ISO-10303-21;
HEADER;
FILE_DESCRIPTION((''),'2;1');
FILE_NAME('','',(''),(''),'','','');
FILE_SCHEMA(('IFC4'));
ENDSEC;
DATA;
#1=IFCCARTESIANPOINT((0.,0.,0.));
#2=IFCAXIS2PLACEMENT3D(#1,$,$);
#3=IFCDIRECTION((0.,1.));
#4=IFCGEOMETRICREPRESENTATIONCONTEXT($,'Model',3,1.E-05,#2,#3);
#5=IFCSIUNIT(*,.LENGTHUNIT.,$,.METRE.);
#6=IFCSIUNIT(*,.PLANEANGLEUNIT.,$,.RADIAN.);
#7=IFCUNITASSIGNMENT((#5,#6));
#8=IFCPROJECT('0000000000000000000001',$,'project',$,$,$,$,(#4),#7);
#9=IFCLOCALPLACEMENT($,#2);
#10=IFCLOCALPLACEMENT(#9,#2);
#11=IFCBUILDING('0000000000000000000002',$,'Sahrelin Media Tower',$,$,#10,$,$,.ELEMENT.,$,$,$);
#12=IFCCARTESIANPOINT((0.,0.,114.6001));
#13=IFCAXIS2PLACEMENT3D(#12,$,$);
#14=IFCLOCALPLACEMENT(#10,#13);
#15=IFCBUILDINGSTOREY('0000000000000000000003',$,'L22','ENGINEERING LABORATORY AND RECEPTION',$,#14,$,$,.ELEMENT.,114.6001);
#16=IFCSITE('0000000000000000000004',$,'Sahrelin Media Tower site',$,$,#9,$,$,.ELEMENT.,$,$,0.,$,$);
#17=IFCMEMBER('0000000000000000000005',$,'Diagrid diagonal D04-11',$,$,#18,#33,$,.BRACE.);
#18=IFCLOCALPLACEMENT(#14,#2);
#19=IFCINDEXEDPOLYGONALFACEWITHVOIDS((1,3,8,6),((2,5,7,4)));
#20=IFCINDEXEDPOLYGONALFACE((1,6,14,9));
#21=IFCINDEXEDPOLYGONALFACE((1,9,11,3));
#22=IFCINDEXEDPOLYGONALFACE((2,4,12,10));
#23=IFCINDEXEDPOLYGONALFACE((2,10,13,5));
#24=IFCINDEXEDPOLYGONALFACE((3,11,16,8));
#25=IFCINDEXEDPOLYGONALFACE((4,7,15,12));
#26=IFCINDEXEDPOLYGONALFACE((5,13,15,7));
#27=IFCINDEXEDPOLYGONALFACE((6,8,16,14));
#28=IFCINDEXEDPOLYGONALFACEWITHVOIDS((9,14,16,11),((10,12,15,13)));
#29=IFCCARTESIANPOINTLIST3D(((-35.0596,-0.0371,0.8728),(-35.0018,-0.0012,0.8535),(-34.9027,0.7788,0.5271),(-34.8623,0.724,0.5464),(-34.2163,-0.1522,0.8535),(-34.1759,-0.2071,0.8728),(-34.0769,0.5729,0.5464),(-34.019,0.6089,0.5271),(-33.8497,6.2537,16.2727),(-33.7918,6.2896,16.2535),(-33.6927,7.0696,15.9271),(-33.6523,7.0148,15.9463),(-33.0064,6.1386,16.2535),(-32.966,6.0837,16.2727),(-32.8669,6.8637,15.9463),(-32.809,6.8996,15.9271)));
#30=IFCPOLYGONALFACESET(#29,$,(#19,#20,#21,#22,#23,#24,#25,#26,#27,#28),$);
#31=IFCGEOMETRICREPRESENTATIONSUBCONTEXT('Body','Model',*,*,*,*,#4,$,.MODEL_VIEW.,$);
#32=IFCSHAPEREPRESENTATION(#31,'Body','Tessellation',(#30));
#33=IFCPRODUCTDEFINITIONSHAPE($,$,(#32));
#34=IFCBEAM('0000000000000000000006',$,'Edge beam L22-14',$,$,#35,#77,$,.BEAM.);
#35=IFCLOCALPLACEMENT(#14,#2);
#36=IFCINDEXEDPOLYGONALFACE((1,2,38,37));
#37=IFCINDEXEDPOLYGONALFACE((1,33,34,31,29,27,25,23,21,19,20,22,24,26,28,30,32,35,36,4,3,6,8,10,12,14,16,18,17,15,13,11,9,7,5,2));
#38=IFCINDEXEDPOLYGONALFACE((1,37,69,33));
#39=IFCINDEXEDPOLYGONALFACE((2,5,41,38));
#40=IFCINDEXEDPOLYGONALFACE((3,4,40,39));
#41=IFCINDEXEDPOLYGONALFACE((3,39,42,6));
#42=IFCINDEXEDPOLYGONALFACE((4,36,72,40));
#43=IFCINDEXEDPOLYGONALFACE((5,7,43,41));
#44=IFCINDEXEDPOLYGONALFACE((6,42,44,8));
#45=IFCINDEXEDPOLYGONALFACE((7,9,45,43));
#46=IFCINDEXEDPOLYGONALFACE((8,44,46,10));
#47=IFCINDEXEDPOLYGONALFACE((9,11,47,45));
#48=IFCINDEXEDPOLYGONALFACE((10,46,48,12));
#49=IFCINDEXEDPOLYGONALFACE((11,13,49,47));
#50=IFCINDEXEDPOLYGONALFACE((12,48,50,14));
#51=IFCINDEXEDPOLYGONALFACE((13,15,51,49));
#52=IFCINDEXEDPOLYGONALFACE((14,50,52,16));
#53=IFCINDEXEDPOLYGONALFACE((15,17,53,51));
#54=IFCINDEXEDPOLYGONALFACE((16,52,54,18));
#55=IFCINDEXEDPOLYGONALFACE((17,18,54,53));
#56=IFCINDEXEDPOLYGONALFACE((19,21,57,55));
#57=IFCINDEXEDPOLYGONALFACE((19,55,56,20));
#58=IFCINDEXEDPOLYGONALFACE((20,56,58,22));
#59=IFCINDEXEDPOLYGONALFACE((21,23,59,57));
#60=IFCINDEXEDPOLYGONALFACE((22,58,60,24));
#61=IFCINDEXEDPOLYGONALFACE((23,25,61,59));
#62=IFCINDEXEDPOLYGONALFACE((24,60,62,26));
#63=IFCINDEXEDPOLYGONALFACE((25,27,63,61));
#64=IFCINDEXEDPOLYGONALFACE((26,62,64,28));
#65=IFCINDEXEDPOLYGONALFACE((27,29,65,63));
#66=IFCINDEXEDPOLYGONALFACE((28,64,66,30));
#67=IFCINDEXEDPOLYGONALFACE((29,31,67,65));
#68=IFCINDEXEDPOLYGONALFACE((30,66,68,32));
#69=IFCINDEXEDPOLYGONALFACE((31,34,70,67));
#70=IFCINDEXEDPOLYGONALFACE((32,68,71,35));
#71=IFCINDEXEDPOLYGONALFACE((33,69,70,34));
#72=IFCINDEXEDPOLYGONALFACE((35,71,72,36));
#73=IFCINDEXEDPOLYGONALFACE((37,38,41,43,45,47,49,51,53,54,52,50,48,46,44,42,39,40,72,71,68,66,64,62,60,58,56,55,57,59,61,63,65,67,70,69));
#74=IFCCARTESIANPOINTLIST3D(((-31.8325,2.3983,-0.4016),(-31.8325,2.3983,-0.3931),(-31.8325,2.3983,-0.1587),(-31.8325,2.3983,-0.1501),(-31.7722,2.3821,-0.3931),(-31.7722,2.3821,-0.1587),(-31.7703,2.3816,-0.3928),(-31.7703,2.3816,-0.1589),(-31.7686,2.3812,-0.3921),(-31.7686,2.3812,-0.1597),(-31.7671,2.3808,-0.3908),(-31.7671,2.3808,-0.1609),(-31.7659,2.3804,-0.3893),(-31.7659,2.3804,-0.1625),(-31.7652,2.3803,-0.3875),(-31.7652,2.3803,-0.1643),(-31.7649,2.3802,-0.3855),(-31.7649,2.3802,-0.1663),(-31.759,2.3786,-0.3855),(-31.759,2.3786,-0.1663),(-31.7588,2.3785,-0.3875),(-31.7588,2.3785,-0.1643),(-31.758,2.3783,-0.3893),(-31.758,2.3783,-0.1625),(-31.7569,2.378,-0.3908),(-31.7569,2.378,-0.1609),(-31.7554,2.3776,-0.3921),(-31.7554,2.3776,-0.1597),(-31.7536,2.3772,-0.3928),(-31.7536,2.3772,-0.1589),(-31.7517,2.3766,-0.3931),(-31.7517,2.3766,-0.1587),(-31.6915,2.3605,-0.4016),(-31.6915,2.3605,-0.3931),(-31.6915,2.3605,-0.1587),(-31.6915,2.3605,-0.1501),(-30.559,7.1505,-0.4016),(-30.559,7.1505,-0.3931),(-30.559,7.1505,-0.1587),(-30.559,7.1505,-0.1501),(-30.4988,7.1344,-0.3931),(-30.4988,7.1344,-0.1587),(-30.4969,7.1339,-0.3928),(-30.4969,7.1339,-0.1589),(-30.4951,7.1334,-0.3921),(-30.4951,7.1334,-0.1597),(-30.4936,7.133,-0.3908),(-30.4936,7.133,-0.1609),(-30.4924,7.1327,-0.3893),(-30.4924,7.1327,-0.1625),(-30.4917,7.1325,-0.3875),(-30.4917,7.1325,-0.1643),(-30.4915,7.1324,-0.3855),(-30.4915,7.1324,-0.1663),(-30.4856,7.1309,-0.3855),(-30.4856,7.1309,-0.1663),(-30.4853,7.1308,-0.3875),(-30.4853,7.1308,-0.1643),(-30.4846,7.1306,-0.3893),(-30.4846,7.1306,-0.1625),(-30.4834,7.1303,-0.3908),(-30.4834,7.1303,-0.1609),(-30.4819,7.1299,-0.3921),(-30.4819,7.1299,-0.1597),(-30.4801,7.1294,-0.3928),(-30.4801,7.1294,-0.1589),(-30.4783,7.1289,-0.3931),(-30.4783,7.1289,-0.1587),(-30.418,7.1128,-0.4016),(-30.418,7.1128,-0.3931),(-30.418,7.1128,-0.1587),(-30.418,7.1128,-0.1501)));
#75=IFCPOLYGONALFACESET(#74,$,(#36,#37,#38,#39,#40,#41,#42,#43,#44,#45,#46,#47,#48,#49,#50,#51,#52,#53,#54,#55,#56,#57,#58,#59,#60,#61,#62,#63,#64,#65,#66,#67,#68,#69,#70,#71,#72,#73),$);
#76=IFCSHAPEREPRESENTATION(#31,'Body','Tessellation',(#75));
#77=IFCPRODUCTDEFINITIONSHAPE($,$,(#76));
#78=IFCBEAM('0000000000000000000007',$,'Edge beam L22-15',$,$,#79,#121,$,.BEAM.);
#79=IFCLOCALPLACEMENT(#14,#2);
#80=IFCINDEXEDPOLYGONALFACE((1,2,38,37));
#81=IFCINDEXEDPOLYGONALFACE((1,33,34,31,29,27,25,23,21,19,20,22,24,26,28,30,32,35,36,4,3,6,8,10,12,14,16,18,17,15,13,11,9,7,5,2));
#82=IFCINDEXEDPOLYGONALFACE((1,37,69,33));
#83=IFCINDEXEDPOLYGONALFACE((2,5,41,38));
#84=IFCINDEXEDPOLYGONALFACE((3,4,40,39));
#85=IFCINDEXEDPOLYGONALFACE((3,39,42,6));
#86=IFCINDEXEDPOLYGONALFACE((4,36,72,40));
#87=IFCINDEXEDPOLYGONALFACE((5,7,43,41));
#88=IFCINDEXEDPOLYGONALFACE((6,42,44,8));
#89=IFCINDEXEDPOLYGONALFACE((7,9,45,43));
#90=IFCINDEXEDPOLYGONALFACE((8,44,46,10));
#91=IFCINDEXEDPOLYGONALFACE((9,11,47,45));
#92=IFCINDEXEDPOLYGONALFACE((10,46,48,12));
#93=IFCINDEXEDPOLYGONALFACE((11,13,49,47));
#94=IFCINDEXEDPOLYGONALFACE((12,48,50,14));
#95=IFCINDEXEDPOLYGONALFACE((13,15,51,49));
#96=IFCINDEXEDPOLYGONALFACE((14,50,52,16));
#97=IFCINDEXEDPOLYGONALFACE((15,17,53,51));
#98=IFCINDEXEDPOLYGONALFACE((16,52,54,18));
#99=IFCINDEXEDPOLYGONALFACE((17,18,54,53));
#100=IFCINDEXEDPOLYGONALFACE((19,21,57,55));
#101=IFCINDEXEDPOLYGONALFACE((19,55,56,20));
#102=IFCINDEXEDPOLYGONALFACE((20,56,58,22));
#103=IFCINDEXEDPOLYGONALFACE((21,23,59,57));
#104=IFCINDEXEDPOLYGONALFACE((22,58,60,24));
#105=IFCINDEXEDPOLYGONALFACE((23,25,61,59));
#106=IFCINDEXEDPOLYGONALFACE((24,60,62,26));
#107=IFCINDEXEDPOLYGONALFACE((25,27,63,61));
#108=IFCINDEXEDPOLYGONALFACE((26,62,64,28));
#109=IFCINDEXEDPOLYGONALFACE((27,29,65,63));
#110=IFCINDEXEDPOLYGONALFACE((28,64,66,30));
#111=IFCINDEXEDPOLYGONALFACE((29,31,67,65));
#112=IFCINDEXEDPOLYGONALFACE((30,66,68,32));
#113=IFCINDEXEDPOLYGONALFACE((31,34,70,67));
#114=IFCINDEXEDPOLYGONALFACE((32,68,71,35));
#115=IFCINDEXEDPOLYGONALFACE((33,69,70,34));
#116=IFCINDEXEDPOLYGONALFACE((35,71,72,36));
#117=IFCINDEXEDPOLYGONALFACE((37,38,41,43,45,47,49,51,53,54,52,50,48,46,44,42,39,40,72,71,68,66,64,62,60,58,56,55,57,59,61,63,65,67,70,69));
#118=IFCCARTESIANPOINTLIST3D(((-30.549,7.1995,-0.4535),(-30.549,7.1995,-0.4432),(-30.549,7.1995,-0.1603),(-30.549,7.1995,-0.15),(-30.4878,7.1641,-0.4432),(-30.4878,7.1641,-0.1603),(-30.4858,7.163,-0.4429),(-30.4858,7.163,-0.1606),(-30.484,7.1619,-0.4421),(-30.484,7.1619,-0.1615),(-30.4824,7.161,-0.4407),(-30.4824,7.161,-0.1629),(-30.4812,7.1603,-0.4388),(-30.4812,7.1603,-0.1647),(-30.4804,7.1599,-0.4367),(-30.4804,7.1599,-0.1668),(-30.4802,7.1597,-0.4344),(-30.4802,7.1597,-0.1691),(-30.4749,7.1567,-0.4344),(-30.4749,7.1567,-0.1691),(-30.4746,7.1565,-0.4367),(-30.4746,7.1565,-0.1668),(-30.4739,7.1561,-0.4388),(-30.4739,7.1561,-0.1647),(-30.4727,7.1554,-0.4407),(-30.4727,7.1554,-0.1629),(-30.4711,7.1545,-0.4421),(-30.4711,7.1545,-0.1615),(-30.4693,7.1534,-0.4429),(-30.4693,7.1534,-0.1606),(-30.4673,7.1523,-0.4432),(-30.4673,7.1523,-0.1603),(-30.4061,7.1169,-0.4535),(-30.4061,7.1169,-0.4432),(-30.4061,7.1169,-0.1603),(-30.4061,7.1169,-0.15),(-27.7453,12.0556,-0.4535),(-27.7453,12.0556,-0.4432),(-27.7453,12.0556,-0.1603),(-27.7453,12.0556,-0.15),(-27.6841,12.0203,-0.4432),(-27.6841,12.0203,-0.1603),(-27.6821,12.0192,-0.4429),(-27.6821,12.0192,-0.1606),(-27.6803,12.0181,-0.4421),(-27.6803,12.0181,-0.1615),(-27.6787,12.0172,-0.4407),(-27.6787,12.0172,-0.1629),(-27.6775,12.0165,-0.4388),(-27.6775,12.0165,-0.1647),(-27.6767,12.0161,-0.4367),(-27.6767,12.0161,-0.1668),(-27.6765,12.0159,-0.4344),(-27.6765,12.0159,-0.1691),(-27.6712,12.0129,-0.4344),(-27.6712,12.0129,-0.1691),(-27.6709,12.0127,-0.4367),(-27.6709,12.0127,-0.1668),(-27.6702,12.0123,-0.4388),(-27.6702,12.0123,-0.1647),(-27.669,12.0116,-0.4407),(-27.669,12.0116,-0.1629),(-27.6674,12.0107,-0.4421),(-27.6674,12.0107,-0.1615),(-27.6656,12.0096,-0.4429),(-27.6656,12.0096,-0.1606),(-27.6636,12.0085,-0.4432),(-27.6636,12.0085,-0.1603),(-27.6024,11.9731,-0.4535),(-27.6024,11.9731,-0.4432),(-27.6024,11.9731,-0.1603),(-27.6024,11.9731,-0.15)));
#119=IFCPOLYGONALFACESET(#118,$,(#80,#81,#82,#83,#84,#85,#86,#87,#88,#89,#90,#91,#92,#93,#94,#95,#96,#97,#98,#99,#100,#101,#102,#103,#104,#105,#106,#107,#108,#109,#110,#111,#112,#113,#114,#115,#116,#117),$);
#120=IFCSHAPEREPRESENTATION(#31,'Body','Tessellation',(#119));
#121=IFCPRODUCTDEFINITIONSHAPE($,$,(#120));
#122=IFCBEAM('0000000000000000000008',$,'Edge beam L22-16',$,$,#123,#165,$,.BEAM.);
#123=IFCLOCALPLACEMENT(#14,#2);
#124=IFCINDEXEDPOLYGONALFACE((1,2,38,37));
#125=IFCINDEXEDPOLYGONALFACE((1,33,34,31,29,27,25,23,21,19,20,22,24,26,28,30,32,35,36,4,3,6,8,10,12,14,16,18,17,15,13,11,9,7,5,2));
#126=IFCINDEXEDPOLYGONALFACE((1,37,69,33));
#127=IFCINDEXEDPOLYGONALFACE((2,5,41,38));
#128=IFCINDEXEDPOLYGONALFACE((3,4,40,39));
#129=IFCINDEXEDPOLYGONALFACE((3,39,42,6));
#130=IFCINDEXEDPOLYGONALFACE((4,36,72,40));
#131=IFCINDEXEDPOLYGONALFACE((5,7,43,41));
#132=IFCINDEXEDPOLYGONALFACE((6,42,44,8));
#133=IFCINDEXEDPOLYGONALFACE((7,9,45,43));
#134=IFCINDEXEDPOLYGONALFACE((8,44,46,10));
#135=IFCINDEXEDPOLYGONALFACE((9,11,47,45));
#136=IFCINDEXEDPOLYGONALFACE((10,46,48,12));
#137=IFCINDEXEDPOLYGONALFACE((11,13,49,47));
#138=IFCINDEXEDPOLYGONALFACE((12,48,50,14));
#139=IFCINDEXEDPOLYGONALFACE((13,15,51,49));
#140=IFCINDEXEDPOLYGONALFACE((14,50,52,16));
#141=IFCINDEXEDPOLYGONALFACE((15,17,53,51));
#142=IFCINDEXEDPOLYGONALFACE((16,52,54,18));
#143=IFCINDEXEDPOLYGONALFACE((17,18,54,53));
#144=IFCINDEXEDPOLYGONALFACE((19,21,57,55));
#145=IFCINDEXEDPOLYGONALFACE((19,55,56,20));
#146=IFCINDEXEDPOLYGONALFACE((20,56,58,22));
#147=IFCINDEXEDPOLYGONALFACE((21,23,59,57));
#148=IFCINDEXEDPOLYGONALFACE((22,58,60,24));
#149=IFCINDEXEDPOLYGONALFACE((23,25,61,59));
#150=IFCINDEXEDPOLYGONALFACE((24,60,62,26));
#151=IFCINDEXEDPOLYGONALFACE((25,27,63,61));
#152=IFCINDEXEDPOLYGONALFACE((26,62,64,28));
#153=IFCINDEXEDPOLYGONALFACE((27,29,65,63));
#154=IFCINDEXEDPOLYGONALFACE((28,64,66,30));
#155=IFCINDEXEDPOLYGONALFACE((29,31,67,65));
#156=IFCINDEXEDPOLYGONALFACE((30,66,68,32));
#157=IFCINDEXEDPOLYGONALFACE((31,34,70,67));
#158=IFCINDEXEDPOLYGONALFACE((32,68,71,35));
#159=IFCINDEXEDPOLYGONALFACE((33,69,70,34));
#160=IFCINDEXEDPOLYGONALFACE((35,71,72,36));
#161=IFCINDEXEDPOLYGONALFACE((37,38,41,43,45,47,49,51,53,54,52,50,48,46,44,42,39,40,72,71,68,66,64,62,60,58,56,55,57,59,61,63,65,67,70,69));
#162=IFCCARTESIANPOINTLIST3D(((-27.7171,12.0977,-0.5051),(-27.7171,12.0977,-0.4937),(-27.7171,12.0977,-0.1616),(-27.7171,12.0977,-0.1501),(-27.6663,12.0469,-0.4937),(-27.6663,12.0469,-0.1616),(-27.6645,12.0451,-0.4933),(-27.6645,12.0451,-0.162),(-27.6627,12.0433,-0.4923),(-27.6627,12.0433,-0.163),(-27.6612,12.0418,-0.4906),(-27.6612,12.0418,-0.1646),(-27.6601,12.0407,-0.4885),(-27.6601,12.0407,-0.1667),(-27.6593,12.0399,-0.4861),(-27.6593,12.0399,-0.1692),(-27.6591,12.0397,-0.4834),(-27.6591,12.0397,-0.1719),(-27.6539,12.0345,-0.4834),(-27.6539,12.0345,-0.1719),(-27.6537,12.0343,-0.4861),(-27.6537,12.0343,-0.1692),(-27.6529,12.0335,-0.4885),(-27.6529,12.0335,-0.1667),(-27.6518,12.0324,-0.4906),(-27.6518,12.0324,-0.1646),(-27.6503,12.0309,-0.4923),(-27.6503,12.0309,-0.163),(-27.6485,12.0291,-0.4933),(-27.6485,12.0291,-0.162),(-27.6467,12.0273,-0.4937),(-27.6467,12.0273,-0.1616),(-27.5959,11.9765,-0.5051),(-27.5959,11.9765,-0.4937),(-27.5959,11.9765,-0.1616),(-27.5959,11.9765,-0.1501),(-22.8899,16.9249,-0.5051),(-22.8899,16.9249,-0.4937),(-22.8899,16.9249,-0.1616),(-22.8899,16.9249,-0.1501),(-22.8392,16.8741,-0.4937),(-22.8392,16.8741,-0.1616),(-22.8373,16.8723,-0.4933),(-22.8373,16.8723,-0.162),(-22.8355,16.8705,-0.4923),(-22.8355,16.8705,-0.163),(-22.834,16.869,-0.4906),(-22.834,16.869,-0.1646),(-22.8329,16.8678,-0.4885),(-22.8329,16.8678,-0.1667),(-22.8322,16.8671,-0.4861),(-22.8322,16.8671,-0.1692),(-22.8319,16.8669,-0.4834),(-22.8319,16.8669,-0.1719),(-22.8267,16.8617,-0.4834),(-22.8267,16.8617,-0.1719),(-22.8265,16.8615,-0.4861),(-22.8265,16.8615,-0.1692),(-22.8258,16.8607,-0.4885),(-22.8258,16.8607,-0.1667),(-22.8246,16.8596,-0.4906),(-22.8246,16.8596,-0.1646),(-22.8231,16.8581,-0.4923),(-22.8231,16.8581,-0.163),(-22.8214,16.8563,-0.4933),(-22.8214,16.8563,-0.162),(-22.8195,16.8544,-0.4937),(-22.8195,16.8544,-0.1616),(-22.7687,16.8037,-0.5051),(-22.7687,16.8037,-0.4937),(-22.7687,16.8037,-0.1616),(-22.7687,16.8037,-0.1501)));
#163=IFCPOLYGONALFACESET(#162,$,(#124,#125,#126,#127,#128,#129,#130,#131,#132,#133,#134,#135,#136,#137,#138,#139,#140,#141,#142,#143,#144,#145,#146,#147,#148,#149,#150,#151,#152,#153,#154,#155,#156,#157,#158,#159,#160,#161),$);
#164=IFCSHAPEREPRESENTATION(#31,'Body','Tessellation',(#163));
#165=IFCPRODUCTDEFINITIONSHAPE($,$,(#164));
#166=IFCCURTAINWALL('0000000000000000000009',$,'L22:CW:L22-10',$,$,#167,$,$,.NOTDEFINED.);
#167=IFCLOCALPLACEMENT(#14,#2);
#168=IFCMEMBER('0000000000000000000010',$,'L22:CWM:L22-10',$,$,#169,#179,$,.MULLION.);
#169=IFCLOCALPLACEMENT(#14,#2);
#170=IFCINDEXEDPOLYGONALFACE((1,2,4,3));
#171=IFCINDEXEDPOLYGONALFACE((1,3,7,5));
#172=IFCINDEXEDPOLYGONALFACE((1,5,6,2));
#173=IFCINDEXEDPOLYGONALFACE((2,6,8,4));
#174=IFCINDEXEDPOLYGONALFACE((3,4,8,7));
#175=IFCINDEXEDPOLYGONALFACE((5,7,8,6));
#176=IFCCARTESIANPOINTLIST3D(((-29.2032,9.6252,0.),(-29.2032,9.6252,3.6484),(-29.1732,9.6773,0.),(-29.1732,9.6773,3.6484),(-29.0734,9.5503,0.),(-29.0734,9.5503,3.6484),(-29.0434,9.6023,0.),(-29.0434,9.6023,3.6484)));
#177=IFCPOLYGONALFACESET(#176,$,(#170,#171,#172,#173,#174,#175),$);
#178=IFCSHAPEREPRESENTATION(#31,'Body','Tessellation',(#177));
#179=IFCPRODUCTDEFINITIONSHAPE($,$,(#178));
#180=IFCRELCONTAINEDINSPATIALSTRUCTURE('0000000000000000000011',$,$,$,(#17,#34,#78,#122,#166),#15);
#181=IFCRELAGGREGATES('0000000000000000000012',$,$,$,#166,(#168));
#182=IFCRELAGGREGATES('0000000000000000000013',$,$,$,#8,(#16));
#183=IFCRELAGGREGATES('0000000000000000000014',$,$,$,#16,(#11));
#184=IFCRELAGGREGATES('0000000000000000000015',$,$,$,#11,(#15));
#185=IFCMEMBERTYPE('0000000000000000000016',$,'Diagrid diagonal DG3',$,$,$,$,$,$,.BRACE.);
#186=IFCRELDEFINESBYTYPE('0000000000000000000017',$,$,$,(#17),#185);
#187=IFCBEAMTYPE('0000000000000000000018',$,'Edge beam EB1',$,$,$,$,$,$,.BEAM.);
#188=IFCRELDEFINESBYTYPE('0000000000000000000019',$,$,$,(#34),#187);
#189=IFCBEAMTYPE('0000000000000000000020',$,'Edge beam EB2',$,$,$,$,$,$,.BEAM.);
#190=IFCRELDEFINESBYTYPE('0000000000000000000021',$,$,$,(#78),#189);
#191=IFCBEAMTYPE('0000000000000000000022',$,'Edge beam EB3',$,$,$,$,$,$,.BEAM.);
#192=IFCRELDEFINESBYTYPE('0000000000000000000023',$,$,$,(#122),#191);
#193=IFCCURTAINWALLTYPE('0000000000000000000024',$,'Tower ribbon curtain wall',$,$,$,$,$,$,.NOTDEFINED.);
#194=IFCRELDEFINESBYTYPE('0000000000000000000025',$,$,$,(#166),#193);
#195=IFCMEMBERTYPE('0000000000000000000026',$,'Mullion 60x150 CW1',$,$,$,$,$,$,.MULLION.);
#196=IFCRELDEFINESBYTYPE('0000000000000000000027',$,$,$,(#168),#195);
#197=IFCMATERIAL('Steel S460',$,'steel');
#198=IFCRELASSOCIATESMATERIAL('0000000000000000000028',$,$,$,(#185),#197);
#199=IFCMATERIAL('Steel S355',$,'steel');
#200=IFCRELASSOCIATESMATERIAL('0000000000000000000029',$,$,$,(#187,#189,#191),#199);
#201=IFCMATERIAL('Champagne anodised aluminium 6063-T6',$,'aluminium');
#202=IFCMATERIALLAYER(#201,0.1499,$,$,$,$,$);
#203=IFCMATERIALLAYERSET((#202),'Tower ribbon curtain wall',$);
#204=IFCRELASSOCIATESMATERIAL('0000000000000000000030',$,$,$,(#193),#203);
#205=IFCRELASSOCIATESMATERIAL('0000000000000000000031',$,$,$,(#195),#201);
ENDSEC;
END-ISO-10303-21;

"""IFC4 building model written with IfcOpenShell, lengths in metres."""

from ifc_helpers import new_model, si_unit, direction, frame, origin, origin_2d, place, context, subcontext, project, spatial, rectangle, hollow_rectangle, i_section, extrude, material, layer, layer_set, material_profile, profile_set, type_object, element, aggregate, save


model = new_model("IFC4")

# Units and contexts
model_context = context("Model", 3, precision=1e-05, world=origin(), true_north=direction((0.0, 1.0)))
body_context = subcontext(model_context, "Body", "Model", "MODEL_VIEW")
ifc_project = project(units=[si_unit("LENGTHUNIT", "METRE"), si_unit("PLANEANGLEUNIT", "RADIAN")], contexts=[model_context])

# Site, building, storey
site_placement = place(None, origin())
site = spatial("IfcSite", under=ifc_project, at=site_placement, Name="Sahrelin Media Tower site", CompositionType="ELEMENT", RefElevation=0.0)
building_placement = place(site_placement, origin())
building = spatial("IfcBuilding", under=site, at=building_placement, Name="Sahrelin Media Tower", CompositionType="ELEMENT")
storey_placement = place(building_placement, frame((0.0, 0.0, 114.6001)))
storey = spatial("IfcBuildingStorey", under=building, at=storey_placement, Name="L22", Description="ENGINEERING LABORATORY AND RECEPTION", CompositionType="ELEMENT", Elevation=114.6001)

# Member
ifc_material_1 = material(Name="Steel S460", Category="steel")
ifc_material_profile_1 = material_profile(ifc_material_1, hollow_rectangle(XDim=0.8999, YDim=0.8999, WallThickness=0.05, at=origin_2d()), Name="Diagrid diagonal DG3")
ifc_profile_set_1 = profile_set([ifc_material_profile_1], Name="Steel S460")
member_type_1 = type_object("IfcMemberType", Name="Diagrid diagonal DG3", PredefinedType="BRACE", material=ifc_profile_set_1)
member_1_placement = place(storey_placement, frame((-34.5393, 0.2859, 0.7), z_axis=(0.072543, 0.377163, 0.923301), x_axis=(-0.982001, 0.188877, 0.0)))
element("IfcMember", 1, at=member_1_placement, inside=storey, type_object=member_type_1, Name="Diagrid diagonal D04-11", PredefinedType="BRACE", context=body_context, shape_type="SweptSolid", body=[
    extrude(hollow_rectangle(XDim=0.8999, YDim=0.8999, WallThickness=0.05, at=origin_2d()), origin(), (0.0, 0.0, 1.0), 16.6792),
])

# Beams
ifc_material_2 = material(Name="Steel S355", Category="steel")
ifc_material_profile_2 = material_profile(ifc_material_2, i_section(OverallWidth=0.146, OverallDepth=0.2515, WebThickness=0.0061, FlangeThickness=0.0085, FilletRadius=0.0076, at=origin_2d()), Name="UB 254x146x31")
ifc_profile_set_2 = profile_set([ifc_material_profile_2], Name="Steel S355")
beam_type_1 = type_object("IfcBeamType", Name="Edge beam EB1", PredefinedType="BEAM", material=ifc_profile_set_2)
beam_1_placement = place(storey_placement, frame((-31.762, 2.3794, -0.2759), z_axis=(0.258836, 0.965921, 0.0), x_axis=(-0.965921, 0.258836, 0.0)))
element("IfcBeam", 2, at=beam_1_placement, inside=storey, type_object=beam_type_1, Name="Edge beam L22-14", PredefinedType="BEAM", context=body_context, shape_type="SweptSolid", body=[
    extrude(i_section(OverallWidth=0.146, OverallDepth=0.2515, WebThickness=0.0061, FlangeThickness=0.0085, FilletRadius=0.0076, at=origin_2d()), origin(), (0.0, 0.0, 1.0), 4.9199),
])
ifc_material_profile_3 = material_profile(ifc_material_2, i_section(OverallWidth=0.165, OverallDepth=0.3035, WebThickness=0.0061, FlangeThickness=0.0103, FilletRadius=0.0088, at=origin_2d()), Name="UB 305x165x40")
ifc_profile_set_3 = profile_set([ifc_material_profile_3], Name="Steel S355")
beam_type_2 = type_object("IfcBeamType", Name="Edge beam EB2", PredefinedType="BEAM", material=ifc_profile_set_3)
beam_2_placement = place(storey_placement, frame((-30.4775, 7.1582, -0.3018), z_axis=(0.499998, 0.866027, 0.0), x_axis=(-0.866027, 0.499998, 0.0)))
element("IfcBeam", 3, at=beam_2_placement, inside=storey, type_object=beam_type_2, Name="Edge beam L22-15", PredefinedType="BEAM", context=body_context, shape_type="SweptSolid", body=[
    extrude(i_section(OverallWidth=0.165, OverallDepth=0.3035, WebThickness=0.0061, FlangeThickness=0.0103, FilletRadius=0.0088, at=origin_2d()), origin(), (0.0, 0.0, 1.0), 5.6074),
])
ifc_material_profile_4 = material_profile(ifc_material_2, i_section(OverallWidth=0.1714, OverallDepth=0.355, WebThickness=0.0073, FlangeThickness=0.0115, FilletRadius=0.0103, at=origin_2d()), Name="UB 356x171x51")
ifc_profile_set_4 = profile_set([ifc_material_profile_4], Name="Steel S355")
beam_type_3 = type_object("IfcBeamType", Name="Edge beam EB3", PredefinedType="BEAM", material=ifc_profile_set_4)
beam_3_placement = place(storey_placement, frame((-27.6565, 12.0371, -0.3276), z_axis=(0.707107, 0.707107, 0.0), x_axis=(-0.707107, 0.707107, 0.0)))
element("IfcBeam", 4, at=beam_3_placement, inside=storey, type_object=beam_type_3, Name="Edge beam L22-16", PredefinedType="BEAM", context=body_context, shape_type="SweptSolid", body=[
    extrude(i_section(OverallWidth=0.1714, OverallDepth=0.355, WebThickness=0.0073, FlangeThickness=0.0115, FilletRadius=0.0103, at=origin_2d()), origin(), (0.0, 0.0, 1.0), 6.8267),
])

# Curtain wall, member
ifc_material_3 = material(Name="Champagne anodised aluminium 6063-T6", Category="aluminium")
ifc_layer_1 = layer(ifc_material_3, 0.1499)
ifc_layer_set_1 = layer_set([ifc_layer_1], Name="Tower ribbon curtain wall")
curtain_wall_type = type_object("IfcCurtainWallType", Name="Tower ribbon curtain wall", PredefinedType="NOTDEFINED", material=ifc_layer_set_1)
curtain_wall_1_placement = place(storey_placement, frame((-29.2058, 9.6614, 0.0), z_axis=(0.0, 0.0, 1.0), x_axis=(1.0, 0.0, 0.0)))
curtain_wall_1 = element("IfcCurtainWall", 5, at=curtain_wall_1_placement, inside=storey, type_object=curtain_wall_type, Name="L22:CW:L22-10", PredefinedType="NOTDEFINED")
ifc_material_profile_5 = material_profile(ifc_material_3, rectangle(XDim=0.0601, YDim=0.1499, at=origin_2d()), Name="Mullion 60x150")
ifc_profile_set_5 = profile_set([ifc_material_profile_5], Name="Champagne anodised aluminium 6063-T6")
member_type_2 = type_object("IfcMemberType", Name="Mullion 60x150 CW1", PredefinedType="MULLION", material=ifc_profile_set_5)
member_2_placement = place(storey_placement, frame((-29.1233, 9.6138, 0.0), z_axis=(0.0, 0.0, 1.0), x_axis=(-0.499991, -0.866031, 0.0)))
member_2 = element("IfcMember", 6, at=member_2_placement, type_object=member_type_2, Name="L22:CWM:L22-10", PredefinedType="MULLION", context=body_context, shape_type="SweptSolid", body=[
    extrude(rectangle(XDim=0.0601, YDim=0.1499, at=origin_2d()), origin(), (0.0, 0.0, 1.0), 3.6484),
])

aggregate(curtain_wall_1, [member_2])

save(model, "model.ifc")
